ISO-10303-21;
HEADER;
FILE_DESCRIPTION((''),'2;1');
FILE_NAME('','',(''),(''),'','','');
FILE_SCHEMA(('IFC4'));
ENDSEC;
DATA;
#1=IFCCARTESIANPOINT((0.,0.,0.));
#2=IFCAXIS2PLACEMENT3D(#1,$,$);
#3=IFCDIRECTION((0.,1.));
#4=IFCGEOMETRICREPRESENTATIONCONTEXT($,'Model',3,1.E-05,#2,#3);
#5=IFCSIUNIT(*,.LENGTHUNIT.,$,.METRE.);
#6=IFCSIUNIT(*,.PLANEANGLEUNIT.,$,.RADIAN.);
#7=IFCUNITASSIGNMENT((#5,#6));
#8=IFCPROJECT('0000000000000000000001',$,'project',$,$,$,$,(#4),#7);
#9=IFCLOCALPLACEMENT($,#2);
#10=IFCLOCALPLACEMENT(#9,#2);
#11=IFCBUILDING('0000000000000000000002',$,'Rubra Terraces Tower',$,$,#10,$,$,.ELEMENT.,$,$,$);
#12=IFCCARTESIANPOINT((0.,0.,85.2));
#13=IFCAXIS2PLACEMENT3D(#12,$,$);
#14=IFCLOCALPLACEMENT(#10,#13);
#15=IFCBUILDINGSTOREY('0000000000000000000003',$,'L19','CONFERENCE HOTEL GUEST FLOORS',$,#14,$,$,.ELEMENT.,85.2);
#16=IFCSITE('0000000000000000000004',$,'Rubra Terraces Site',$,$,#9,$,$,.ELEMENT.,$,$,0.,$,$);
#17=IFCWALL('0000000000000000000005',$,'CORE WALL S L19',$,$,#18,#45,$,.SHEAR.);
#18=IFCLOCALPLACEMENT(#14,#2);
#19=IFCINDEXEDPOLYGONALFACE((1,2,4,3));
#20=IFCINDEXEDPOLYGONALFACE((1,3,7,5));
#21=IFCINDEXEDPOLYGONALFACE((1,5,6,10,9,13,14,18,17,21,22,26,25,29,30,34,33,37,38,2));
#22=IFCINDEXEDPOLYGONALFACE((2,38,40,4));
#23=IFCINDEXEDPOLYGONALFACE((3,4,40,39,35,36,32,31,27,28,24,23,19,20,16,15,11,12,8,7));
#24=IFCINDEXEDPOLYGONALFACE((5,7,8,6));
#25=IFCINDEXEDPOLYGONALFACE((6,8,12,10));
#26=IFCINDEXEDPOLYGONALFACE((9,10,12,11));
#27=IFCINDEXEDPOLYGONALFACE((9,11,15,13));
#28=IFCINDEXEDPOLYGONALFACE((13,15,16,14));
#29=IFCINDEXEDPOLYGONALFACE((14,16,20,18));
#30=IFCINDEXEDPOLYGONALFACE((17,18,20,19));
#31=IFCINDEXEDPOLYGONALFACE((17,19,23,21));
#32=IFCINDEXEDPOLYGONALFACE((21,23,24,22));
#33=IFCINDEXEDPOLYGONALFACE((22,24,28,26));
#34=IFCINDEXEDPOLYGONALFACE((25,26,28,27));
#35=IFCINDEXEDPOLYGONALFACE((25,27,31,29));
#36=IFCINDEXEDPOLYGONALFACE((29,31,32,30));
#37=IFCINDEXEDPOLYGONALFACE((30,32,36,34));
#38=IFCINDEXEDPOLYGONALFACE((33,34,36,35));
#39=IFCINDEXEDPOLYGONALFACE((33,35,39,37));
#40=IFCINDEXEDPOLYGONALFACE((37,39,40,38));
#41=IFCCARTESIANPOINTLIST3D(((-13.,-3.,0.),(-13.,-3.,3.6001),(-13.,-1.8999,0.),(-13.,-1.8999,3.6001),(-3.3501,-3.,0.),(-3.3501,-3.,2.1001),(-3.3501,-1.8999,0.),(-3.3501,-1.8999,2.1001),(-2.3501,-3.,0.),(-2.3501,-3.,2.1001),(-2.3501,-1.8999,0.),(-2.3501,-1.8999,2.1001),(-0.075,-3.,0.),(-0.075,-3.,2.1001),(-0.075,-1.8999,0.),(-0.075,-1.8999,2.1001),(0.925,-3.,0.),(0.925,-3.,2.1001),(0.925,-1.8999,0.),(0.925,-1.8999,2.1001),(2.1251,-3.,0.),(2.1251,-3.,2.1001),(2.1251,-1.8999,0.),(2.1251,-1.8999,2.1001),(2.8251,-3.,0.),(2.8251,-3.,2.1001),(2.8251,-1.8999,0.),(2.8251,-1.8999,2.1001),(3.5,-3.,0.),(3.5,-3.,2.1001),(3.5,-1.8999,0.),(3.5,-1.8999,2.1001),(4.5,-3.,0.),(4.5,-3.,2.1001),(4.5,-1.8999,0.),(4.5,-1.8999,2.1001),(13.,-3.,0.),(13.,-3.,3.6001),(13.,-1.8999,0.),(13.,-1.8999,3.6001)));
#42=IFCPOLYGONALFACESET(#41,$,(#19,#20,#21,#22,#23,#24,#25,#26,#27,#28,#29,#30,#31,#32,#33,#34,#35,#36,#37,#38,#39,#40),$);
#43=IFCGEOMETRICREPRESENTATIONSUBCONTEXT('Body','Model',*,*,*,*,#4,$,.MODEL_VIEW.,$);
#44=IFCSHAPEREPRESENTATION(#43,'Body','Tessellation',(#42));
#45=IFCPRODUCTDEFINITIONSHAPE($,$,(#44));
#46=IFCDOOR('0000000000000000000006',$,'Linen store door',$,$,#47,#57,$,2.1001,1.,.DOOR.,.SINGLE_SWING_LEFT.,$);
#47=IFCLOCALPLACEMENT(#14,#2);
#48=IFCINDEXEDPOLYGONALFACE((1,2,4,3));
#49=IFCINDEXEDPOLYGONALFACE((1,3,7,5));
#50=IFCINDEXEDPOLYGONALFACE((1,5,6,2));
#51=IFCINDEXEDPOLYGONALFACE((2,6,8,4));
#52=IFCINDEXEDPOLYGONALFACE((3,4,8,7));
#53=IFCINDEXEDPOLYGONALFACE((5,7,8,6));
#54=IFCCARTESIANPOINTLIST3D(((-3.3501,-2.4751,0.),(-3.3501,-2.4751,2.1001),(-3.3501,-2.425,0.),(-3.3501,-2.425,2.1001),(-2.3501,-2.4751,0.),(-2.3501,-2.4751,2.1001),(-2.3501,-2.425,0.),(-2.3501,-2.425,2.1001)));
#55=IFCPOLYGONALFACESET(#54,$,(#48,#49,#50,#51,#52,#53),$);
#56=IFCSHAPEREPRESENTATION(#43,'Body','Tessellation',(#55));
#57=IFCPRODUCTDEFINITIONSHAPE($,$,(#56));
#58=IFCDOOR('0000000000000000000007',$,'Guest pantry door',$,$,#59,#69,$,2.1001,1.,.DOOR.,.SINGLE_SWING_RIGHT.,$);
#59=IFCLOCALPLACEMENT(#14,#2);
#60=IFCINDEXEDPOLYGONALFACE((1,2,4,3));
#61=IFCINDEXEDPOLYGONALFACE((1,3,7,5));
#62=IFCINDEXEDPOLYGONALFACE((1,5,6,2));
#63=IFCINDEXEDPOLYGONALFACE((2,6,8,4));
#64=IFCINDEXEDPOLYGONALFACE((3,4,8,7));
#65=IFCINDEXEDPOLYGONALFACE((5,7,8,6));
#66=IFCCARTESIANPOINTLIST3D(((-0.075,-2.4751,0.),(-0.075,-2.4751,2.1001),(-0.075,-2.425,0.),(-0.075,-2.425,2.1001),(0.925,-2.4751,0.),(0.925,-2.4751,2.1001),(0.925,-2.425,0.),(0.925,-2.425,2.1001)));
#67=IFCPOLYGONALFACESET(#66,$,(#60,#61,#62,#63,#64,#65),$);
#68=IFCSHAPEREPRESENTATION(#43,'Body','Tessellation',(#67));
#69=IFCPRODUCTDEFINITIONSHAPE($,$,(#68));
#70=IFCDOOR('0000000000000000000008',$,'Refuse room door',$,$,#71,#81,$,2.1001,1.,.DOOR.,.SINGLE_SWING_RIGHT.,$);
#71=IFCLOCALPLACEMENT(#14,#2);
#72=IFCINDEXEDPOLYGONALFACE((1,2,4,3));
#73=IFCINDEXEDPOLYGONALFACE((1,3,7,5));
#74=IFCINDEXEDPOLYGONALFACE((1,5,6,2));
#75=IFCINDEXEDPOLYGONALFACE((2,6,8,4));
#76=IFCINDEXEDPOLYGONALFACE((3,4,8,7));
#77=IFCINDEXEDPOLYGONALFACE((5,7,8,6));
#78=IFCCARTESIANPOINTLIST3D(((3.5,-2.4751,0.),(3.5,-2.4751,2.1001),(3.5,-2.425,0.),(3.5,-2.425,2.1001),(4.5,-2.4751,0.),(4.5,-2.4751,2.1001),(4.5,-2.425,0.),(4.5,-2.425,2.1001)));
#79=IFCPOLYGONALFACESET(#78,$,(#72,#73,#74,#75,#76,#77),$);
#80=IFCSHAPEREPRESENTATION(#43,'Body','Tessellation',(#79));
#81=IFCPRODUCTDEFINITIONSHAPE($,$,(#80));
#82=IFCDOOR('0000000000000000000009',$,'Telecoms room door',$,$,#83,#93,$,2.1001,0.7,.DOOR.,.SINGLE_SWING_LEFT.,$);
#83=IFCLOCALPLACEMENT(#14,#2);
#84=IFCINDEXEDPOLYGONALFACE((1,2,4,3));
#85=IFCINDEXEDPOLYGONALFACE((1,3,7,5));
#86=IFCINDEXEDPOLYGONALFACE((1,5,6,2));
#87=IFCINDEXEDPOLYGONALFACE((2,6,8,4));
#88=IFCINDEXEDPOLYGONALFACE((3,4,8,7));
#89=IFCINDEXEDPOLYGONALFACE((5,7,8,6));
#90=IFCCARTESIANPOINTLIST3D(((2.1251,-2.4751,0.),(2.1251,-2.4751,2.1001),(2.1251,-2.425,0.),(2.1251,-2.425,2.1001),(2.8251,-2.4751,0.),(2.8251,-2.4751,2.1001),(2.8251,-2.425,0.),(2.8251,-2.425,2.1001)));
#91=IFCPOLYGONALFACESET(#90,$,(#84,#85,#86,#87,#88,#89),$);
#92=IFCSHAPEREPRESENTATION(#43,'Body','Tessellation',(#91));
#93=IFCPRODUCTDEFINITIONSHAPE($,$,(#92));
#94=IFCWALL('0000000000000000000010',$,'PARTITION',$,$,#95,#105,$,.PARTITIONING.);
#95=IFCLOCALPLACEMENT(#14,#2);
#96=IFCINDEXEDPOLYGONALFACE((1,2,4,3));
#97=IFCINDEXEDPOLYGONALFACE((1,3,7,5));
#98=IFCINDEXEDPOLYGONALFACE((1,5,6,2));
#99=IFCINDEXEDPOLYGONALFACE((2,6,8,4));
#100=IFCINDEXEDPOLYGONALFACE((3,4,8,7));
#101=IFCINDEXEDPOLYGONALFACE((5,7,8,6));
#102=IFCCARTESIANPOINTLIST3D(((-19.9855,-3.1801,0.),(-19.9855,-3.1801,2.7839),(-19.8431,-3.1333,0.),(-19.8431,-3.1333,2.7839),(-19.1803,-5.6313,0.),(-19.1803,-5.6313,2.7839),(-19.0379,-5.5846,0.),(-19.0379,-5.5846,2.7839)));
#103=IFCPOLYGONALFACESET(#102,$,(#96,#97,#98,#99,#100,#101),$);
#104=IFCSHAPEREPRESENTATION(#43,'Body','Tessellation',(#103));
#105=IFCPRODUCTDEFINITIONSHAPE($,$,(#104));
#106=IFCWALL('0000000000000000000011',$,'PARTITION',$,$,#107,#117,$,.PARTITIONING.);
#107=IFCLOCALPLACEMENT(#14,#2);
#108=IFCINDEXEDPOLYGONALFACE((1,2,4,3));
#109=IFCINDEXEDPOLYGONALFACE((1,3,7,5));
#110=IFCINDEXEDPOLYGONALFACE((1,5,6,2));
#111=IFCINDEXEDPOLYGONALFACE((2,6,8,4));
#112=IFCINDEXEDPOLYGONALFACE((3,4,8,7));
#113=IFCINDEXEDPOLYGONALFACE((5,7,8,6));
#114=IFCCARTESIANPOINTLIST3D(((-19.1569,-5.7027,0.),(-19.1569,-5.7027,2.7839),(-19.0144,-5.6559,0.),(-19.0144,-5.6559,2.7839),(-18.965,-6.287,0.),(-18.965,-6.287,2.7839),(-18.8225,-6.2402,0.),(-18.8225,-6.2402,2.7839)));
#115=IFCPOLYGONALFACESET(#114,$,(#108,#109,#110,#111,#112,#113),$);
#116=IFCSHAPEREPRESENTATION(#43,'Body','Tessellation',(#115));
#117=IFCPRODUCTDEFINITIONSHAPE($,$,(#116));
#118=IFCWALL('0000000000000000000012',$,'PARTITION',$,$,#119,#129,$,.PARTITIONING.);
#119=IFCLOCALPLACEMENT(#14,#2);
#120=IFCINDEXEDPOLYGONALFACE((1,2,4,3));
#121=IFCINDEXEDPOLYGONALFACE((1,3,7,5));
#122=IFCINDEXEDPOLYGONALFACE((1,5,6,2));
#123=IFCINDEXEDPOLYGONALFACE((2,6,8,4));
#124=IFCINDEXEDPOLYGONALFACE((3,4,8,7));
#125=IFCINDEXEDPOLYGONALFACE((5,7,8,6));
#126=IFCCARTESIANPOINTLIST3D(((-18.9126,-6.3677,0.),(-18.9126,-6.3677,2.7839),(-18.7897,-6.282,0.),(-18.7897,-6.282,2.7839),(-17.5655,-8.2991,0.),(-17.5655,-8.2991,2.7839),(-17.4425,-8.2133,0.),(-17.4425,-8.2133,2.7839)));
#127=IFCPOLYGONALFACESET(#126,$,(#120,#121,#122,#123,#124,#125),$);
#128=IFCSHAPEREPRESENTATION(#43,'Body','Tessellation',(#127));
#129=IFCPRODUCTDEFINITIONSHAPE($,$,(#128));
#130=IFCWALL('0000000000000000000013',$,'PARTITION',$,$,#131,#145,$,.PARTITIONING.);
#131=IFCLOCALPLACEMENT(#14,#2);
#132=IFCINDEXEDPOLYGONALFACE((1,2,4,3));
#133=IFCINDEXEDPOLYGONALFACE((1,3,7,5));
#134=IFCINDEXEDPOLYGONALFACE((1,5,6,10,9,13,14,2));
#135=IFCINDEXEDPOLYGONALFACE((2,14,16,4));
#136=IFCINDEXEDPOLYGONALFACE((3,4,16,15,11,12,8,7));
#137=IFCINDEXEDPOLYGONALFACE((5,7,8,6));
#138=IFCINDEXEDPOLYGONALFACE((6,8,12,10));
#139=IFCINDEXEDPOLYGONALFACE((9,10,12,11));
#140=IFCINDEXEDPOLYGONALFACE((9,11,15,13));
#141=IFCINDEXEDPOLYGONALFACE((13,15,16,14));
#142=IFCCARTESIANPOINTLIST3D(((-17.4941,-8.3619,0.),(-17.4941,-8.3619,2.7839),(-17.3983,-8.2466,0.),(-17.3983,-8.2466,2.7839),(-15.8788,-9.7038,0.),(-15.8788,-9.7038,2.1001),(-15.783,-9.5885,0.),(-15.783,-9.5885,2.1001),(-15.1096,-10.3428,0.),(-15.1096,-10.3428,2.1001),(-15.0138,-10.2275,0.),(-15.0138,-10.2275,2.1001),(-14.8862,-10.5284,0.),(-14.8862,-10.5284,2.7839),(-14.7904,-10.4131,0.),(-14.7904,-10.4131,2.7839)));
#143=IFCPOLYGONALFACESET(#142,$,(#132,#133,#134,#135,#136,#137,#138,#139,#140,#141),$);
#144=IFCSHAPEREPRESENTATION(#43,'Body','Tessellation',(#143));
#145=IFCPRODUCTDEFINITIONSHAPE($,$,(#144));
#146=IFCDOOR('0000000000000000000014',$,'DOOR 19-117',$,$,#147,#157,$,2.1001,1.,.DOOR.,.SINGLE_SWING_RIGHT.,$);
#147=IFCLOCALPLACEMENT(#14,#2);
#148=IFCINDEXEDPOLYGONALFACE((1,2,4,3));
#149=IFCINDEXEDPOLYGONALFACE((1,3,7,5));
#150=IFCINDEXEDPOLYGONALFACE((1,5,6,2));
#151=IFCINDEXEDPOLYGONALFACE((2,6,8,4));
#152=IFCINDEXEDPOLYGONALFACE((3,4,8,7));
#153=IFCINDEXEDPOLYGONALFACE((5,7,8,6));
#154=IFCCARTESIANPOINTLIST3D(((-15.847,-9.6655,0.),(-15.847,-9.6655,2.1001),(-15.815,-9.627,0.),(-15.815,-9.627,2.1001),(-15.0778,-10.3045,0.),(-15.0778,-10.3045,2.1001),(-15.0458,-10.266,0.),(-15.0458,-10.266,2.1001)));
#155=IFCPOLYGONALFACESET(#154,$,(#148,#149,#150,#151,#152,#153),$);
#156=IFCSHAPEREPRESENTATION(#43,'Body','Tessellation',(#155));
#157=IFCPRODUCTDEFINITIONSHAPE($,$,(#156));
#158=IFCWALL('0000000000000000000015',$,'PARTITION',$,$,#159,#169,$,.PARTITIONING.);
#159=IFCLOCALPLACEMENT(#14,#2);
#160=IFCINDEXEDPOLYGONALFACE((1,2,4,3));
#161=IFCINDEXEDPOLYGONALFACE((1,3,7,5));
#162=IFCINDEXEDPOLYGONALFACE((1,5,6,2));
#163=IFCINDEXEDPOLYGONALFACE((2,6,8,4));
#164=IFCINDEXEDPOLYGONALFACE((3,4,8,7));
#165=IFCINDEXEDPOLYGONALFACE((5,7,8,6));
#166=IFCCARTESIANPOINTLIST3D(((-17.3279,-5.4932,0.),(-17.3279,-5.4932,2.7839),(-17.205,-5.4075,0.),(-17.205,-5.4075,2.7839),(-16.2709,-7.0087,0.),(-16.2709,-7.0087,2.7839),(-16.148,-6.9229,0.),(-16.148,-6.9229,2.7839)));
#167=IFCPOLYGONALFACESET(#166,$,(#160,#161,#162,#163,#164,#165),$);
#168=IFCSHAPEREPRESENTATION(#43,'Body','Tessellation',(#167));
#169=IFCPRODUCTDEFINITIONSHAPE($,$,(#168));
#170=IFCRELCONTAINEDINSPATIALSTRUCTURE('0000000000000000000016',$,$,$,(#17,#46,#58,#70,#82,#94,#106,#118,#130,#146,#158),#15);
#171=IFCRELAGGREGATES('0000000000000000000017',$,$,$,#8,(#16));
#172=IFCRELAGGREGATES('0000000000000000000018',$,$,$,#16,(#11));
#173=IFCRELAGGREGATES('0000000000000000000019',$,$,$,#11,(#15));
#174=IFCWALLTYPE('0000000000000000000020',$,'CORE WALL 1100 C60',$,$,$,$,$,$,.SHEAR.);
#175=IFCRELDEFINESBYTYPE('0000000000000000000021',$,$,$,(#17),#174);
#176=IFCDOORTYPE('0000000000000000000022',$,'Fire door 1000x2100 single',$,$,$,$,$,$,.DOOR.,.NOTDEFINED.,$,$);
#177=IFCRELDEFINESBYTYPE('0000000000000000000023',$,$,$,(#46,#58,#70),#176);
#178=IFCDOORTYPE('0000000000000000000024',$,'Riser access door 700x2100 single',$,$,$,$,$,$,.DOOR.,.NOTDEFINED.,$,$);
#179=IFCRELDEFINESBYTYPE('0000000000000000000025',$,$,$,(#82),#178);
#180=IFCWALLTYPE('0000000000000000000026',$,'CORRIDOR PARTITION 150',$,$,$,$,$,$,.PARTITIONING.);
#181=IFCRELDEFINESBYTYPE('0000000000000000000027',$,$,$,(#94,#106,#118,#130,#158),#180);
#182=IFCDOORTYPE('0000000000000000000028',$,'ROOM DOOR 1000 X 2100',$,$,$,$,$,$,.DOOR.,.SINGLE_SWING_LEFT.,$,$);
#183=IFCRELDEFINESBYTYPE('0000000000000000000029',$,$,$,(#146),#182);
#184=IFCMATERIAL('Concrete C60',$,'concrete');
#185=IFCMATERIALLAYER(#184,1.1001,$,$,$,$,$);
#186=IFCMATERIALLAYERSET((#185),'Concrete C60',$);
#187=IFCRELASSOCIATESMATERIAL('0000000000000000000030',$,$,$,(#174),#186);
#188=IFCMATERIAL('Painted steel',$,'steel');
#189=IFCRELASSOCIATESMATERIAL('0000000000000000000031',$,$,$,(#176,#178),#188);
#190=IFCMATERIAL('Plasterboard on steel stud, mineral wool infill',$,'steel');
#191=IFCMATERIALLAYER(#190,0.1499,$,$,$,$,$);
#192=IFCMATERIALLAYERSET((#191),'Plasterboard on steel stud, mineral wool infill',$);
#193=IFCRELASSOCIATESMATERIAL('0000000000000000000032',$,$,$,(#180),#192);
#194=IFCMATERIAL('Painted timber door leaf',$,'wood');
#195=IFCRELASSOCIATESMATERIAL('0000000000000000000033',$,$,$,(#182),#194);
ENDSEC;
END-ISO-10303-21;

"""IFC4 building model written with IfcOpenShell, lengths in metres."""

from ifc_helpers import new_model, si_unit, direction, frame, frame_2d, origin, place, context, subcontext, project, spatial, rectangle, extrude, material, layer, layer_set, type_object, element, fill, save


model = new_model("IFC4")

# Units and contexts
model_context = context("Model", 3, precision=1e-05, world=origin(), true_north=direction((0.0, 1.0)))
body_context = subcontext(model_context, "Body", "Model", "MODEL_VIEW")
ifc_project = project(units=[si_unit("LENGTHUNIT", "METRE"), si_unit("PLANEANGLEUNIT", "RADIAN")], contexts=[model_context])

# Site, building, storey
site_placement = place(None, origin())
site = spatial("IfcSite", under=ifc_project, at=site_placement, Name="Rubra Terraces Site", CompositionType="ELEMENT", RefElevation=0.0)
building_placement = place(site_placement, origin())
building = spatial("IfcBuilding", under=site, at=building_placement, Name="Rubra Terraces Tower", CompositionType="ELEMENT")
storey_placement = place(building_placement, frame((0.0, 0.0, 85.2)))
storey = spatial("IfcBuildingStorey", under=building, at=storey_placement, Name="L19", Description="CONFERENCE HOTEL GUEST FLOORS", CompositionType="ELEMENT", Elevation=85.2)

# Wall, openings, doors
ifc_material_1 = material(Name="Concrete C60", Category="concrete")
ifc_layer_1 = layer(ifc_material_1, 1.1001)
ifc_layer_set_1 = layer_set([ifc_layer_1], Name="Concrete C60")
wall_type_1 = type_object("IfcWallType", Name="CORE WALL 1100 C60", PredefinedType="SHEAR", material=ifc_layer_set_1)
wall_1_placement = place(storey_placement, frame((-13.0, -2.45, 0.0), z_axis=(0.0, 0.0, 1.0), x_axis=(1.0, 0.0, 0.0)))
wall_1 = element("IfcWall", 1, at=wall_1_placement, inside=storey, type_object=wall_type_1, Name="CORE WALL S L19", PredefinedType="SHEAR", context=body_context, shape_type="SweptSolid", body=[
    extrude(rectangle(XDim=26.0, YDim=1.1001, at=frame_2d((13.0, 0.0))), origin(), (0.0, 0.0, 1.0), 3.6001),
])
opening_1_placement = place(wall_1_placement, frame((9.6499, 0.0, 0.0)))
opening_1 = element("IfcOpeningElement", 2, at=opening_1_placement, cuts=wall_1, PredefinedType="OPENING", context=body_context, shape_type="SweptSolid", body=[
    extrude(rectangle(XDim=1.0, YDim=2.1001, at=frame_2d((0.5, 1.05))), frame((0.0, 0.5601, 0.0), z_axis=(0.0, -1.0, 0.0), x_axis=(1.0, 0.0, 0.0)), (0.0, 0.0, 1.0), 1.1201),
])
opening_2_placement = place(wall_1_placement, frame((12.925, 0.0, 0.0)))
opening_2 = element("IfcOpeningElement", 3, at=opening_2_placement, cuts=wall_1, PredefinedType="OPENING", context=body_context, shape_type="SweptSolid", body=[
    extrude(rectangle(XDim=1.0, YDim=2.1001, at=frame_2d((0.5, 1.05))), frame((0.0, 0.5601, 0.0), z_axis=(0.0, -1.0, 0.0), x_axis=(1.0, 0.0, 0.0)), (0.0, 0.0, 1.0), 1.1201),
])
opening_3_placement = place(wall_1_placement, frame((15.125, 0.0, 0.0)))
opening_3 = element("IfcOpeningElement", 4, at=opening_3_placement, cuts=wall_1, PredefinedType="OPENING", context=body_context, shape_type="SweptSolid", body=[
    extrude(rectangle(XDim=0.7, YDim=2.1001, at=frame_2d((0.3501, 1.05))), frame((0.0, 0.5601, 0.0), z_axis=(0.0, -1.0, 0.0), x_axis=(1.0, 0.0, 0.0)), (0.0, 0.0, 1.0), 1.1201),
])
opening_4_placement = place(wall_1_placement, frame((16.5, 0.0, 0.0)))
opening_4 = element("IfcOpeningElement", 5, at=opening_4_placement, cuts=wall_1, PredefinedType="OPENING", context=body_context, shape_type="SweptSolid", body=[
    extrude(rectangle(XDim=1.0, YDim=2.1001, at=frame_2d((0.5, 1.05))), frame((0.0, 0.5601, 0.0), z_axis=(0.0, -1.0, 0.0), x_axis=(1.0, 0.0, 0.0)), (0.0, 0.0, 1.0), 1.1201),
])
ifc_material_2 = material(Name="Painted steel", Category="steel")
door_type_1 = type_object("IfcDoorType", Name="Fire door 1000x2100 single", OperationType="NOTDEFINED", PredefinedType="DOOR", material=ifc_material_2)
door_1_placement = place(opening_1_placement, origin())
door_1 = element("IfcDoor", 6, at=door_1_placement, inside=storey, type_object=door_type_1, Name="Linen store door", OperationType="SINGLE_SWING_LEFT", OverallHeight=2.1001, OverallWidth=1.0, PredefinedType="DOOR", context=body_context, shape_type="SweptSolid", body=[
    extrude(rectangle(XDim=1.0, YDim=2.1001, at=frame_2d((0.5, 1.05))), frame((0.0, 0.0249, 0.0), z_axis=(0.0, -1.0, 0.0), x_axis=(1.0, 0.0, 0.0)), (0.0, 0.0, 1.0), 0.05),
])
fill(opening_1, door_1)
door_2_placement = place(opening_2_placement, origin())
door_2 = element("IfcDoor", 7, at=door_2_placement, inside=storey, type_object=door_type_1, Name="Guest pantry door", OperationType="SINGLE_SWING_RIGHT", OverallHeight=2.1001, OverallWidth=1.0, PredefinedType="DOOR", context=body_context, shape_type="SweptSolid", body=[
    extrude(rectangle(XDim=1.0, YDim=2.1001, at=frame_2d((0.5, 1.05))), frame((0.0, 0.0249, 0.0), z_axis=(0.0, -1.0, 0.0), x_axis=(1.0, 0.0, 0.0)), (0.0, 0.0, 1.0), 0.05),
])
fill(opening_2, door_2)
door_3_placement = place(opening_4_placement, origin())
door_3 = element("IfcDoor", 8, at=door_3_placement, inside=storey, type_object=door_type_1, Name="Refuse room door", OperationType="SINGLE_SWING_RIGHT", OverallHeight=2.1001, OverallWidth=1.0, PredefinedType="DOOR", context=body_context, shape_type="SweptSolid", body=[
    extrude(rectangle(XDim=1.0, YDim=2.1001, at=frame_2d((0.5, 1.05))), frame((0.0, 0.0249, 0.0), z_axis=(0.0, -1.0, 0.0), x_axis=(1.0, 0.0, 0.0)), (0.0, 0.0, 1.0), 0.05),
])
fill(opening_4, door_3)
door_type_2 = type_object("IfcDoorType", Name="Riser access door 700x2100 single", OperationType="NOTDEFINED", PredefinedType="DOOR", material=ifc_material_2)
door_4_placement = place(opening_3_placement, origin())
door_4 = element("IfcDoor", 9, at=door_4_placement, inside=storey, type_object=door_type_2, Name="Telecoms room door", OperationType="SINGLE_SWING_LEFT", OverallHeight=2.1001, OverallWidth=0.7, PredefinedType="DOOR", context=body_context, shape_type="SweptSolid", body=[
    extrude(rectangle(XDim=0.7, YDim=2.1001, at=frame_2d((0.3501, 1.05))), frame((0.0, 0.0249, 0.0), z_axis=(0.0, -1.0, 0.0), x_axis=(1.0, 0.0, 0.0)), (0.0, 0.0, 1.0), 0.05),
])
fill(opening_3, door_4)

# Walls
ifc_material_3 = material(Name="Plasterboard on steel stud, mineral wool infill", Category="steel")
ifc_layer_2 = layer(ifc_material_3, 0.1499)
ifc_layer_set_2 = layer_set([ifc_layer_2], Name="Plasterboard on steel stud, mineral wool infill")
wall_type_2 = type_object("IfcWallType", Name="CORRIDOR PARTITION 150", PredefinedType="PARTITIONING", material=ifc_layer_set_2)
wall_2_placement = place(storey_placement, frame((-19.9143, -3.1567, 0.0), z_axis=(0.0, 0.0, 1.0), x_axis=(0.31208, -0.950056, 0.0)))
element("IfcWall", 10, at=wall_2_placement, inside=storey, type_object=wall_type_2, Name="PARTITION", PredefinedType="PARTITIONING", context=body_context, shape_type="SweptSolid", body=[
    extrude(rectangle(XDim=2.5801, YDim=0.1499, at=frame_2d((1.29, 0.0))), origin(), (0.0, 0.0, 1.0), 2.7839),
])
wall_3_placement = place(storey_placement, frame((-19.0857, -5.6792, 0.0), z_axis=(0.0, 0.0, 1.0), x_axis=(0.312056, -0.950064, 0.0)))
element("IfcWall", 11, at=wall_3_placement, inside=storey, type_object=wall_type_2, Name="PARTITION", PredefinedType="PARTITIONING", context=body_context, shape_type="SweptSolid", body=[
    extrude(rectangle(XDim=0.615, YDim=0.1499, at=frame_2d((0.3076, 0.0))), origin(), (0.0, 0.0, 1.0), 2.7839),
])
wall_4_placement = place(storey_placement, frame((-18.8511, -6.325, 0.0), z_axis=(0.0, 0.0, 1.0), x_axis=(0.572091, -0.82019, 0.0)))
element("IfcWall", 12, at=wall_4_placement, inside=storey, type_object=wall_type_2, Name="PARTITION", PredefinedType="PARTITIONING", context=body_context, shape_type="SweptSolid", body=[
    extrude(rectangle(XDim=2.3547, YDim=0.1499, at=frame_2d((1.1772, 0.0))), origin(), (0.0, 0.0, 1.0), 2.7839),
])

# Wall, opening, door
wall_5_placement = place(storey_placement, frame((-17.4463, -8.3042, 0.0), z_axis=(0.0, 0.0, 1.0), x_axis=(0.7692, -0.639008, 0.0)))
wall_5 = element("IfcWall", 13, at=wall_5_placement, inside=storey, type_object=wall_type_2, Name="PARTITION", PredefinedType="PARTITIONING", context=body_context, shape_type="SweptSolid", body=[
    extrude(rectangle(XDim=3.3904, YDim=0.1499, at=frame_2d((1.6953, 0.0))), origin(), (0.0, 0.0, 1.0), 2.7839),
])
opening_5_placement = place(wall_5_placement, frame((2.1001, 0.0, 0.0)))
opening_5 = element("IfcOpeningElement", 14, at=opening_5_placement, cuts=wall_5, PredefinedType="OPENING", context=body_context, shape_type="SweptSolid", body=[
    extrude(rectangle(XDim=1.0, YDim=2.1001, at=frame_2d((0.5, 1.05))), frame((0.0, 0.085, 0.0), z_axis=(0.0, -1.0, 0.0), x_axis=(1.0, 0.0, 0.0)), (0.0, 0.0, 1.0), 0.1699),
])
ifc_material_4 = material(Name="Painted timber door leaf", Category="wood")
door_type_3 = type_object("IfcDoorType", Name="ROOM DOOR 1000 X 2100", OperationType="SINGLE_SWING_LEFT", PredefinedType="DOOR", material=ifc_material_4)
door_5_placement = place(opening_5_placement, origin())
door_5 = element("IfcDoor", 15, at=door_5_placement, inside=storey, type_object=door_type_3, Name="DOOR 19-117", OperationType="SINGLE_SWING_RIGHT", OverallHeight=2.1001, OverallWidth=1.0, PredefinedType="DOOR", context=body_context, shape_type="SweptSolid", body=[
    extrude(rectangle(XDim=1.0, YDim=2.1001, at=frame_2d((0.5, 1.05))), frame((0.0, 0.0249, 0.0), z_axis=(0.0, -1.0, 0.0), x_axis=(1.0, 0.0, 0.0)), (0.0, 0.0, 1.0), 0.05),
])
fill(opening_5, door_5)

# Wall
wall_6_placement = place(storey_placement, frame((-16.2095, -6.9658, 0.0), z_axis=(0.0, 0.0, 1.0), x_axis=(-0.572051, 0.820218, 0.0)))
element("IfcWall", 16, at=wall_6_placement, inside=storey, type_object=wall_type_2, Name="PARTITION", PredefinedType="PARTITIONING", context=body_context, shape_type="SweptSolid", body=[
    extrude(rectangle(XDim=1.8477, YDim=0.1499, at=frame_2d((0.9238, 0.0))), origin(), (0.0, 0.0, 1.0), 2.7839),
])

save(model, "model.ifc")
